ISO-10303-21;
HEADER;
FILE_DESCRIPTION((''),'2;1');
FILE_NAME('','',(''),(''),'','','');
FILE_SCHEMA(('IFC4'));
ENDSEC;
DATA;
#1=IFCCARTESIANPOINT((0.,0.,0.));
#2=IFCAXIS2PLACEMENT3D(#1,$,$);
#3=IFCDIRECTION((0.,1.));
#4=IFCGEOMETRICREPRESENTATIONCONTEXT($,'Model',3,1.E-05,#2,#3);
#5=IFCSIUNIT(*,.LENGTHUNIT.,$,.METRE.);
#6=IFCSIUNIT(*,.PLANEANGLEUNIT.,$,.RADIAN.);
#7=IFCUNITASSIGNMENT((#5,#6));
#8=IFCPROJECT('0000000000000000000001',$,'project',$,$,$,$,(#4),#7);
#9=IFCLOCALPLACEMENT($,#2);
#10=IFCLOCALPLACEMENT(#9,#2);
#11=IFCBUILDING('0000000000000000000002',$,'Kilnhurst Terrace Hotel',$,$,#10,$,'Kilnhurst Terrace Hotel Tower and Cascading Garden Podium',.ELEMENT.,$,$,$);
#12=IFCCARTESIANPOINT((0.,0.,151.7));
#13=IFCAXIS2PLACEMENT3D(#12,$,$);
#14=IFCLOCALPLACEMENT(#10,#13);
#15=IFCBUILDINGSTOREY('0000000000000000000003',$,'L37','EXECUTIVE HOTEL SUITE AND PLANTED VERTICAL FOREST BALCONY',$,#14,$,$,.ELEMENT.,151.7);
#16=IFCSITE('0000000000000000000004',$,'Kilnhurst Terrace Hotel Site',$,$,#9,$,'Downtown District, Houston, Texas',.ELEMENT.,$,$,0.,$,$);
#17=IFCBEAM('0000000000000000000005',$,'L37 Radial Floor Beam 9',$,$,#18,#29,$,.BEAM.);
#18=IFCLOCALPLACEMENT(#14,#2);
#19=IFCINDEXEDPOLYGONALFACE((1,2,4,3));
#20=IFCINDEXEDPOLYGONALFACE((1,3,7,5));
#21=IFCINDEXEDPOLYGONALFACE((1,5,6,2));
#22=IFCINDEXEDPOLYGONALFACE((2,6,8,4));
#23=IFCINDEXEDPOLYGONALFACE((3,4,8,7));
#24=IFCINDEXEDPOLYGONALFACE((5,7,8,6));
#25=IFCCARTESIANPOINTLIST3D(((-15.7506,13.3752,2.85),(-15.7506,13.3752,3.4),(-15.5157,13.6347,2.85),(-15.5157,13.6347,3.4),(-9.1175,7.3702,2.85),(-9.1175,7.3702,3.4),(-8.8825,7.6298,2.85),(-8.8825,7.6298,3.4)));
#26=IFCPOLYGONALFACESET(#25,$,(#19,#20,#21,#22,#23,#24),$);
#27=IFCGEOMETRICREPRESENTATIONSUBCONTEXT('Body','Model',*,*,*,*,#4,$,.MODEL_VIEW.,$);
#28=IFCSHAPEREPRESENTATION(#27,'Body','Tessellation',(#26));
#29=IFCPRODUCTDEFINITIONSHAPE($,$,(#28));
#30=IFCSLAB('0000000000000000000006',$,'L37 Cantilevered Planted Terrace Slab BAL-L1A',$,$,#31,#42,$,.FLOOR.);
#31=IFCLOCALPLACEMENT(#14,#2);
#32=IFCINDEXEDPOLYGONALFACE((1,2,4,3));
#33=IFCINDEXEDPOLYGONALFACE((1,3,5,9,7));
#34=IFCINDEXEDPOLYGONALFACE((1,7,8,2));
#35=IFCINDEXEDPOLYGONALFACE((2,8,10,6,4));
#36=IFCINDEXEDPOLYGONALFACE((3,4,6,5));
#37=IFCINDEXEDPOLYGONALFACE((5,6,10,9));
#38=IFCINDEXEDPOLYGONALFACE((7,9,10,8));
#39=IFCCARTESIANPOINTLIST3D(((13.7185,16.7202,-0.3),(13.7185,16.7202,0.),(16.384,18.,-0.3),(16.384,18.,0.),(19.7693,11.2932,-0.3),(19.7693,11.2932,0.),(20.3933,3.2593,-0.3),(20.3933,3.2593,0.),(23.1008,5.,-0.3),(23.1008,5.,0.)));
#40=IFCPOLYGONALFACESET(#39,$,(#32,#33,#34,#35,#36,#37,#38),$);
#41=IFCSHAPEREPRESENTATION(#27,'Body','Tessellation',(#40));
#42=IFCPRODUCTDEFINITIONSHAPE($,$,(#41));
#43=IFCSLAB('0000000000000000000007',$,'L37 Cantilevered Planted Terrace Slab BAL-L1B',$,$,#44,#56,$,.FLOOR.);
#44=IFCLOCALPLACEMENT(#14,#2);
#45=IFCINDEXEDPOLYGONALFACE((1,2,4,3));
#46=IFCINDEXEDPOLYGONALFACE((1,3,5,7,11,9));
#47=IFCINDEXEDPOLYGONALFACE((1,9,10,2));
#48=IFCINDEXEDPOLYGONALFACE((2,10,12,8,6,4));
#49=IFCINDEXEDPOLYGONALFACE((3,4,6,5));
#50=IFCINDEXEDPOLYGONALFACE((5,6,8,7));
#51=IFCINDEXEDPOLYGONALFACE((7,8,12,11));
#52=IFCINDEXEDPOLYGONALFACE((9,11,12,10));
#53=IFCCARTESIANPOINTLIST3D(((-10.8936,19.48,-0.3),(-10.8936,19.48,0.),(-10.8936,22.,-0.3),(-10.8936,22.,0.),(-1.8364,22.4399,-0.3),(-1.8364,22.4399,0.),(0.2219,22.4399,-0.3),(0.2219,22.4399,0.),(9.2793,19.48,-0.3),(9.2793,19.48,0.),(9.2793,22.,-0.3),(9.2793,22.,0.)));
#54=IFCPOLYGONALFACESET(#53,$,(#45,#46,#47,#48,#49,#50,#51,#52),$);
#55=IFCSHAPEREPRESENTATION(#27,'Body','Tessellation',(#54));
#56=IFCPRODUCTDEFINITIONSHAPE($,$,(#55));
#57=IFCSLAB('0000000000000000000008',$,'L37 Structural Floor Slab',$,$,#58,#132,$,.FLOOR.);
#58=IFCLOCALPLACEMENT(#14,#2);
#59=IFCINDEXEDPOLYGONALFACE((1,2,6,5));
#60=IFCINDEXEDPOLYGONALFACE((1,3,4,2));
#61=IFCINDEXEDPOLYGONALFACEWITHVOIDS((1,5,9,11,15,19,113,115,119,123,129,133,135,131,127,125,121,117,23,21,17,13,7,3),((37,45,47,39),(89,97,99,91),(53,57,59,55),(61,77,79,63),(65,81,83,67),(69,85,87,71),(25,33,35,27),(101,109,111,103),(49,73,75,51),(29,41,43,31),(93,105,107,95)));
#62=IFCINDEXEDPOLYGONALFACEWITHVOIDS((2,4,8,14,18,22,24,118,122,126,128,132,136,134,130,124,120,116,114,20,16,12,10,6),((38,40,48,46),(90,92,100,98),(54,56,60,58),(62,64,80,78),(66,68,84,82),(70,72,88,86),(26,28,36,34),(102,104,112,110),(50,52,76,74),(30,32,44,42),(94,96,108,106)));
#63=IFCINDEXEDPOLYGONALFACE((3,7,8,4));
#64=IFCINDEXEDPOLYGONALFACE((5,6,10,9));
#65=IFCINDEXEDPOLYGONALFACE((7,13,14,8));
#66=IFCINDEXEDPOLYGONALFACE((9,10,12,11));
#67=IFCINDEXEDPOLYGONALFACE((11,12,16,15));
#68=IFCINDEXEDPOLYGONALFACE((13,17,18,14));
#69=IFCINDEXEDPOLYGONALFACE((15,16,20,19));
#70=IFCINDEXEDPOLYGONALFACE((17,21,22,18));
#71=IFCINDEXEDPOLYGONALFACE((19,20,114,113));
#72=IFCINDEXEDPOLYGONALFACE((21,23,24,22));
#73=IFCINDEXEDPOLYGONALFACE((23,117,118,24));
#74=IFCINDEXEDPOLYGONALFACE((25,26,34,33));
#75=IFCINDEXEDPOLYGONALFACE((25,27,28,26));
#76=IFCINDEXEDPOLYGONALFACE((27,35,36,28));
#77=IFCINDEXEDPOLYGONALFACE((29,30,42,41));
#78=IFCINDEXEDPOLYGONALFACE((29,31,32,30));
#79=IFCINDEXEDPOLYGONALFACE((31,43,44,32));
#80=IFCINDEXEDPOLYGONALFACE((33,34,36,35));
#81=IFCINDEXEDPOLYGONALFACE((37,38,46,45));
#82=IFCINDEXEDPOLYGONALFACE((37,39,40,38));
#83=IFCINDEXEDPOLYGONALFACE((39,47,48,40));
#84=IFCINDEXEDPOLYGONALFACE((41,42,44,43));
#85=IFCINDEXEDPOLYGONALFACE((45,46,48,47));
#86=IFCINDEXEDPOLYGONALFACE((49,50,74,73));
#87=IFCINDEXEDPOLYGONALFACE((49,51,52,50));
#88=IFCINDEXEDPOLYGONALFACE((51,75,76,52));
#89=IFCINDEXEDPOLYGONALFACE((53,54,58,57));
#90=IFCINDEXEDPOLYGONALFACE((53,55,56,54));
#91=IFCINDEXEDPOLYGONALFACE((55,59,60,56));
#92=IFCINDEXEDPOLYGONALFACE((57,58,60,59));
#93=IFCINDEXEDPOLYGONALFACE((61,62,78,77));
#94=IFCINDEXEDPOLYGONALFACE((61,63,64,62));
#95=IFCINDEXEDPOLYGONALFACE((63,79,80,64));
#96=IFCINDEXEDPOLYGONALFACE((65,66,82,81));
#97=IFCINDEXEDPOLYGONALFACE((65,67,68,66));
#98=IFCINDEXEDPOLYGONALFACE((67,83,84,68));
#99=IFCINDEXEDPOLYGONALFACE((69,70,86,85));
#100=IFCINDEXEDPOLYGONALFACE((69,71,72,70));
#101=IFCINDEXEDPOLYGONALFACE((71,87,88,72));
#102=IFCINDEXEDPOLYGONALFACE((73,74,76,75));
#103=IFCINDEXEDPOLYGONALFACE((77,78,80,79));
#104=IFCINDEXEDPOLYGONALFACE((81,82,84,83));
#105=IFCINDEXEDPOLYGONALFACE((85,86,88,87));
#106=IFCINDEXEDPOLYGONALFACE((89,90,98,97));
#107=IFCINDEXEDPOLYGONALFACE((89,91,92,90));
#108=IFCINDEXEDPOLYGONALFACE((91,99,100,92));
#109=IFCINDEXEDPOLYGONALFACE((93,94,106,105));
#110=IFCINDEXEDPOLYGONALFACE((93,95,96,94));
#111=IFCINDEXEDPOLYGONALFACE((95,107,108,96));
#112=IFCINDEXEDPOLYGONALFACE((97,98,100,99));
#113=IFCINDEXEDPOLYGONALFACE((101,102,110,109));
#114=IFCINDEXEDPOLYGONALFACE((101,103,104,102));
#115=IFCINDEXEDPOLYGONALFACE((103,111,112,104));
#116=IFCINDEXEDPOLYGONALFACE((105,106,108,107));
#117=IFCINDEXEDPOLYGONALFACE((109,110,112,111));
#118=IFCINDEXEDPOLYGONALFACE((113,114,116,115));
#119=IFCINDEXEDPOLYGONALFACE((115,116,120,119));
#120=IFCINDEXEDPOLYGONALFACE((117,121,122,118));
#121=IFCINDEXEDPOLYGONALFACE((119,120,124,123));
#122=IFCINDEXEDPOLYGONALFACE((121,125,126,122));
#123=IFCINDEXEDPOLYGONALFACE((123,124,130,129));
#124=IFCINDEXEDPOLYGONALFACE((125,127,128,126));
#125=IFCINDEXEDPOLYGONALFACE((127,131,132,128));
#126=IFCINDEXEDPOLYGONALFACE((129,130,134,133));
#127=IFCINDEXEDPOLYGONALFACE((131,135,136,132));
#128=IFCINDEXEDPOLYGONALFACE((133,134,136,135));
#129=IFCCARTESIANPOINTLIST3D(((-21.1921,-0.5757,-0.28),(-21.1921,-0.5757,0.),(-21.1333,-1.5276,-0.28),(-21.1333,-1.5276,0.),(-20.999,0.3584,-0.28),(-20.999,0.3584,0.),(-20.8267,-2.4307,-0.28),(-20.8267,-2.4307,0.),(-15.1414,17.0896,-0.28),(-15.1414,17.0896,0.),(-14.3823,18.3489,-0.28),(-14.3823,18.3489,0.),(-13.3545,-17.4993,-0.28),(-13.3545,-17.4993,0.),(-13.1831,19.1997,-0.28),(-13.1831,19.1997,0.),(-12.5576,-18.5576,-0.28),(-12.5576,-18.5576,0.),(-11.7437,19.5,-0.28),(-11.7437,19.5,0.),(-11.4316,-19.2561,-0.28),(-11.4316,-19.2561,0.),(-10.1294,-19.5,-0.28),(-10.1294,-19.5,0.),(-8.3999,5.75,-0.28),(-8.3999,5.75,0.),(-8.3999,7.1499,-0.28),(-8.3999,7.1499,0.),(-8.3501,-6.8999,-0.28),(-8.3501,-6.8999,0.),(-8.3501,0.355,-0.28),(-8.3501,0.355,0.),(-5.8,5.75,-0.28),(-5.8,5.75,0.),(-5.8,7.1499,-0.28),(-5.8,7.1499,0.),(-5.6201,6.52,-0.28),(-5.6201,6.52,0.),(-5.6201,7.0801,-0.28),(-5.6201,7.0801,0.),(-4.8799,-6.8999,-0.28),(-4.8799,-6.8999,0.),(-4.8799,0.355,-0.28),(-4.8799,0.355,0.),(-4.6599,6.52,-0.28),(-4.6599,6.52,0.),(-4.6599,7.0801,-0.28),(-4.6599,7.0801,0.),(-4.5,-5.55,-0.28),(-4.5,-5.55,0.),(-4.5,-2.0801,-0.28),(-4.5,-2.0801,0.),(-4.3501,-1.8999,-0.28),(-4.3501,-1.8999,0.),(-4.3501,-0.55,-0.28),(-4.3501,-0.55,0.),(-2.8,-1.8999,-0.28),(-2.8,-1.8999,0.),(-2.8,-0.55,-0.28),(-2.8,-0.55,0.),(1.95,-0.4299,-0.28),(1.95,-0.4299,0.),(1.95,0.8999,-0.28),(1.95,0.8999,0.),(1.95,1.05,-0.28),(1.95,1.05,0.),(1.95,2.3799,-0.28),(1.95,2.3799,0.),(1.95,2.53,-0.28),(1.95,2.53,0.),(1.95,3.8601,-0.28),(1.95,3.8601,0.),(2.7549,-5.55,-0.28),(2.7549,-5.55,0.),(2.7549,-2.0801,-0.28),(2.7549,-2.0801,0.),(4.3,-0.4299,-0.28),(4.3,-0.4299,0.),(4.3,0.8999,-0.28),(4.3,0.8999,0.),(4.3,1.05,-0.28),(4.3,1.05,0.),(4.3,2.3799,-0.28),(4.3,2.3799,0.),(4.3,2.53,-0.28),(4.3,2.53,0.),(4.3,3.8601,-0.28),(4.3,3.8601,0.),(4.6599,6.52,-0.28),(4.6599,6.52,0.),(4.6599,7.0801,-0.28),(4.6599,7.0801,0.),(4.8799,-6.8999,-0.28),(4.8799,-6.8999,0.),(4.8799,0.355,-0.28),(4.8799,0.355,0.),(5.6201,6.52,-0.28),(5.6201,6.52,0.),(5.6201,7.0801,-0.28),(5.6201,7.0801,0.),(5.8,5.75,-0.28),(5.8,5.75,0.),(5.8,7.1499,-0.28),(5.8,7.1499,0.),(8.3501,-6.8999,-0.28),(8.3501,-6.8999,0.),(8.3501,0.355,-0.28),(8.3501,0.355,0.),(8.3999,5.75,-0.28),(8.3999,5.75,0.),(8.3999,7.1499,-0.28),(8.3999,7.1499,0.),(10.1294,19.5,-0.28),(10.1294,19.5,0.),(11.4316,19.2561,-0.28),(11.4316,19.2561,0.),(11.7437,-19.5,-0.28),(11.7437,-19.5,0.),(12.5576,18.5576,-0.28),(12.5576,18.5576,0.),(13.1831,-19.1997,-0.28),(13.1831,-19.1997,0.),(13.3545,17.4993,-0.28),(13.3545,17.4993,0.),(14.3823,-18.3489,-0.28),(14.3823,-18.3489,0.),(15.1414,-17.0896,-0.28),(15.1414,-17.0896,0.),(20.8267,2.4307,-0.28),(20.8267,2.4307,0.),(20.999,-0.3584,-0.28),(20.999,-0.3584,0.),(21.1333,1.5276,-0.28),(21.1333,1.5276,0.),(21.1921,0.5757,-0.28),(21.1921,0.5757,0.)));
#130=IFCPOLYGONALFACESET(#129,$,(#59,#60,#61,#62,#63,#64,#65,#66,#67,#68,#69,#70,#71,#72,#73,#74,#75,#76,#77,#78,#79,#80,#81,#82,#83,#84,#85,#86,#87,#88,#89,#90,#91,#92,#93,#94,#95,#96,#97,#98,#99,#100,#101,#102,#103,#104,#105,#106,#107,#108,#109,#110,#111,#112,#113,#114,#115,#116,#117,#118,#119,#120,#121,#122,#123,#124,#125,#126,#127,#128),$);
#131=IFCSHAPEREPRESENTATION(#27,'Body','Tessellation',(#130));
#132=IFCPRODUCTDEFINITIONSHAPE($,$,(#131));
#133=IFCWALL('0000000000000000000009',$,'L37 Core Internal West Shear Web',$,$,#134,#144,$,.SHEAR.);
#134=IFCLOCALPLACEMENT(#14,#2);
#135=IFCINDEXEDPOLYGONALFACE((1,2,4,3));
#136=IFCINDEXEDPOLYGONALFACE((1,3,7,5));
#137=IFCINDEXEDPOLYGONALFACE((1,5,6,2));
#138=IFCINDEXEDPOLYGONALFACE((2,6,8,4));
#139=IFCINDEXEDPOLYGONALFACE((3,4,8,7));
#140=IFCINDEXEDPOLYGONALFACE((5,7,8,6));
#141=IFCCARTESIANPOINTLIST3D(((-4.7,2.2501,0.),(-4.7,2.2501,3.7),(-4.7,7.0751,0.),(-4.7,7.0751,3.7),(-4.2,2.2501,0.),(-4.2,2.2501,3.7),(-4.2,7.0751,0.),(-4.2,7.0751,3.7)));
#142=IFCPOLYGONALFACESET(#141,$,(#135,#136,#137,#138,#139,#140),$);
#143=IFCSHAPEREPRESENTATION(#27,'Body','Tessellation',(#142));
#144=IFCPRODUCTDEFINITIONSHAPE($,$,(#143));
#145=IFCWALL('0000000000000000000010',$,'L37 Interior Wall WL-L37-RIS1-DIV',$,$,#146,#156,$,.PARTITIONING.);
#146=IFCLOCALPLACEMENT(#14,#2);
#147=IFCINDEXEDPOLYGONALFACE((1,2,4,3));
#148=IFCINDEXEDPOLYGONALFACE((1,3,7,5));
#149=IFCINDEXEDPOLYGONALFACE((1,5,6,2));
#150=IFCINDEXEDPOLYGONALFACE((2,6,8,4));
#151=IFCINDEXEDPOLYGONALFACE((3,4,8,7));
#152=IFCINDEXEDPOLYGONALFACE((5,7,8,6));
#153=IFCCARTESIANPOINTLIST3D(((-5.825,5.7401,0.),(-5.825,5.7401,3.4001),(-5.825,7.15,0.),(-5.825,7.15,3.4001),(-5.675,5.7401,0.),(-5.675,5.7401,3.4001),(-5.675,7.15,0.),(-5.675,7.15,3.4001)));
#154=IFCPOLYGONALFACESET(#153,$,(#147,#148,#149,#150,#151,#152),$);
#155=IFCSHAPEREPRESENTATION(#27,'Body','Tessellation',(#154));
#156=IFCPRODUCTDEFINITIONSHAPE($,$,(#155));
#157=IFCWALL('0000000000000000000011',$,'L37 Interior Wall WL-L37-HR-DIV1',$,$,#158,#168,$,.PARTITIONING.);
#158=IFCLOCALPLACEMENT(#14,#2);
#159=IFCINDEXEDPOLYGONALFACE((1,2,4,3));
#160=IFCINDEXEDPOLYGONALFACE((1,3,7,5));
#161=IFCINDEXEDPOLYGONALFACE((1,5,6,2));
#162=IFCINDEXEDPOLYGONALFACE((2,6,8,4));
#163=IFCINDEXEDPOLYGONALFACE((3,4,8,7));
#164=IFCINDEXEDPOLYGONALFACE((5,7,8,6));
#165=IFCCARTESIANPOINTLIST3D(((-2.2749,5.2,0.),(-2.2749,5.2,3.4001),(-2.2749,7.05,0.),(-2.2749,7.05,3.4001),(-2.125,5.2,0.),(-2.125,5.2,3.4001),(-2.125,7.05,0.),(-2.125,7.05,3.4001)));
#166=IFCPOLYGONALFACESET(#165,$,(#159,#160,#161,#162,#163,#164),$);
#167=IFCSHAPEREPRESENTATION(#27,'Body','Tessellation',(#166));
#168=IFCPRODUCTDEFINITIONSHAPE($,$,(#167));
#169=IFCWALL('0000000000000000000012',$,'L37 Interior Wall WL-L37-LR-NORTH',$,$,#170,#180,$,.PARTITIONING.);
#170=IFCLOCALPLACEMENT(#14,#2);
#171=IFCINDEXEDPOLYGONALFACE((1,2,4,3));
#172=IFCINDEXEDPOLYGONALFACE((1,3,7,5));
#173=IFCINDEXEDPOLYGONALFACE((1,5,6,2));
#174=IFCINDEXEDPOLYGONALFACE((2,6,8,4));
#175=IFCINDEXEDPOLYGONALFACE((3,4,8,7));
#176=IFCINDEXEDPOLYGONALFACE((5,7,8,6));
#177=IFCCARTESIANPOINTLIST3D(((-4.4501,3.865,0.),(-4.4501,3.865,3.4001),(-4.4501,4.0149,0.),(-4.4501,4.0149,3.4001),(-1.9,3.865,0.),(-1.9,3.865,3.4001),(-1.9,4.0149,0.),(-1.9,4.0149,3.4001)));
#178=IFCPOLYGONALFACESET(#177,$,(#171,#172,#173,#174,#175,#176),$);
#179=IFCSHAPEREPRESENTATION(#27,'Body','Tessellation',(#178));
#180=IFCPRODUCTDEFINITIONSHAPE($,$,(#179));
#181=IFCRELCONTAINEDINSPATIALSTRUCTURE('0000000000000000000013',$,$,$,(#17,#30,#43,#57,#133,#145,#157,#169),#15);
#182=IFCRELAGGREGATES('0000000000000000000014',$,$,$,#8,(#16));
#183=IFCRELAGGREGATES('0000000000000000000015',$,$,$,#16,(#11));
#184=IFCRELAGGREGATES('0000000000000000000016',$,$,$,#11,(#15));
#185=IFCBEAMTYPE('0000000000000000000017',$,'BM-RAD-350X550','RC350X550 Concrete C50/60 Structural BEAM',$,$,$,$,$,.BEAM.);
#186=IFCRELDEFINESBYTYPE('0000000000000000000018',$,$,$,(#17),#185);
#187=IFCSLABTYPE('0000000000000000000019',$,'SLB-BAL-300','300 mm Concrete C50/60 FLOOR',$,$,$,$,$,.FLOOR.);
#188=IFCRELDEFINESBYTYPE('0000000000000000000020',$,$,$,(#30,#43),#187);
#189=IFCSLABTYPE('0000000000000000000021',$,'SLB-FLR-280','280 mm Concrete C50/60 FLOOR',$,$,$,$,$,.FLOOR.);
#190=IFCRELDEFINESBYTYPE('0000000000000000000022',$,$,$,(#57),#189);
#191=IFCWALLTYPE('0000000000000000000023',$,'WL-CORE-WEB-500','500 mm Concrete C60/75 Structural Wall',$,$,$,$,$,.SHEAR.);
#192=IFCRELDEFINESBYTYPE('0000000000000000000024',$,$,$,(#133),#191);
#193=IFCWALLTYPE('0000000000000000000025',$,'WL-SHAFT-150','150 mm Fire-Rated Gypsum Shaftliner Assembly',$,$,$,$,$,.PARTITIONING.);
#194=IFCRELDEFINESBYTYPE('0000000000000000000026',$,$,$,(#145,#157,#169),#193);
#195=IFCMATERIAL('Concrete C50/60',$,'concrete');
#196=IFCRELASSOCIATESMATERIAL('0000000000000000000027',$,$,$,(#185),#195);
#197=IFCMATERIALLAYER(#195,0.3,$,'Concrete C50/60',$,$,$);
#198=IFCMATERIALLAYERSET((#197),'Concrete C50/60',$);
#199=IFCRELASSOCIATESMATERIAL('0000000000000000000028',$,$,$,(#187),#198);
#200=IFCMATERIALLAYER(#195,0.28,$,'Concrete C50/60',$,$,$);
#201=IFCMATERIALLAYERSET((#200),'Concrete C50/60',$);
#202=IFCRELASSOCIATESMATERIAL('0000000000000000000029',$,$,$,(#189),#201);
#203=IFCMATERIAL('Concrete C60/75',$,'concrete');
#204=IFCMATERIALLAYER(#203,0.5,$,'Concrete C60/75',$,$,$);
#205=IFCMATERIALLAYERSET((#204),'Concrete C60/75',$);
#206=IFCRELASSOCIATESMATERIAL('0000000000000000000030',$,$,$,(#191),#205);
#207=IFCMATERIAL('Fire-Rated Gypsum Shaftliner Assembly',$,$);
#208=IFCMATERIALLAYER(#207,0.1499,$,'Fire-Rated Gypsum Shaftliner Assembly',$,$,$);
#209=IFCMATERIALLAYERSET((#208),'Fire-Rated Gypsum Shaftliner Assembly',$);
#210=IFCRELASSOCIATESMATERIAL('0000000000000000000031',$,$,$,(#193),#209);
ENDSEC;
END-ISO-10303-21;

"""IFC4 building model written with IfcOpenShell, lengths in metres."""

from ifc_helpers import new_model, si_unit, direction, frame, frame_2d, origin, origin_2d, place, context, subcontext, project, spatial, polyline, rectangle, outline, extrude, material, layer, layer_set, material_profile, profile_set, type_object, element, save


model = new_model("IFC4")

# Units and contexts
model_context = context("Model", 3, precision=1e-05, world=origin(), true_north=direction((0.0, 1.0)))
body_context = subcontext(model_context, "Body", "Model", "MODEL_VIEW")
ifc_project = project(units=[si_unit("LENGTHUNIT", "METRE"), si_unit("PLANEANGLEUNIT", "RADIAN")], contexts=[model_context])

# Site, building, storey
site_placement = place(None, origin())
site = spatial("IfcSite", under=ifc_project, at=site_placement, Name="Kilnhurst Terrace Hotel Site", LongName="Downtown District, Houston, Texas", CompositionType="ELEMENT", RefElevation=0.0)
building_placement = place(site_placement, origin())
building = spatial("IfcBuilding", under=site, at=building_placement, Name="Kilnhurst Terrace Hotel", LongName="Kilnhurst Terrace Hotel Tower and Cascading Garden Podium", CompositionType="ELEMENT")
storey_placement = place(building_placement, frame((0.0, 0.0, 151.7)))
storey = spatial("IfcBuildingStorey", under=building, at=storey_placement, Name="L37", Description="EXECUTIVE HOTEL SUITE AND PLANTED VERTICAL FOREST BALCONY", CompositionType="ELEMENT", Elevation=151.7)

# Beam
ifc_material_1 = material(Name="Concrete C50/60", Category="concrete")
ifc_material_profile = material_profile(ifc_material_1, rectangle(XDim=0.3501, YDim=0.55, at=origin_2d()), Name="RC350X550")
ifc_profile_set = profile_set([ifc_material_profile], Name="Concrete C50/60")
beam_type = type_object("IfcBeamType", Name="BM-RAD-350X550", Description="RC350X550 Concrete C50/60 Structural BEAM", PredefinedType="BEAM", material=ifc_profile_set)
beam_placement = place(storey_placement, frame((-9.0, 7.5, 3.125), z_axis=(-0.741339, 0.671131, 0.0), x_axis=(-0.671131, -0.741339, 0.0)))
element("IfcBeam", 1, at=beam_placement, inside=storey, type_object=beam_type, Name="L37 Radial Floor Beam 9", PredefinedType="BEAM", context=body_context, shape_type="SweptSolid", body=[
    extrude(rectangle(XDim=0.3501, YDim=0.55, at=origin_2d()), origin(), (0.0, 0.0, 1.0), 8.9475),
])

# Slabs
ifc_layer_1 = layer(ifc_material_1, 0.3, Name="Concrete C50/60")
ifc_layer_set_1 = layer_set([ifc_layer_1], Name="Concrete C50/60")
slab_type_1 = type_object("IfcSlabType", Name="SLB-BAL-300", Description="300 mm Concrete C50/60 FLOOR", PredefinedType="FLOOR", material=ifc_layer_set_1)
slab_1_placement = place(storey_placement, frame((0.0, 0.0, -0.3)))
element("IfcSlab", 2, at=slab_1_placement, inside=storey, type_object=slab_type_1, Name="L37 Cantilevered Planted Terrace Slab BAL-L1A", PredefinedType="FLOOR", context=body_context, shape_type="SweptSolid", body=[
    extrude(outline(polyline([(19.7693, 11.2932), (23.1008, 5.0), (20.3933, 3.2593), (13.7185, 16.7202), (16.384, 18.0), (19.7693, 11.2932)])), origin(), (0.0, 0.0, 1.0), 0.3),
])
slab_2_placement = place(storey_placement, frame((0.0, 0.0, -0.3)))
element("IfcSlab", 3, at=slab_2_placement, inside=storey, type_object=slab_type_1, Name="L37 Cantilevered Planted Terrace Slab BAL-L1B", PredefinedType="FLOOR", context=body_context, shape_type="SweptSolid", body=[
    extrude(outline(polyline([(0.2219, 22.4399), (9.2793, 22.0), (9.2793, 19.48), (-10.8936, 19.48), (-10.8936, 22.0), (-1.8364, 22.4399), (0.2219, 22.4399)])), origin(), (0.0, 0.0, 1.0), 0.3),
])
ifc_layer_2 = layer(ifc_material_1, 0.28, Name="Concrete C50/60")
ifc_layer_set_2 = layer_set([ifc_layer_2], Name="Concrete C50/60")
slab_type_2 = type_object("IfcSlabType", Name="SLB-FLR-280", Description="280 mm Concrete C50/60 FLOOR", PredefinedType="FLOOR", material=ifc_layer_set_2)
slab_3_placement = place(storey_placement, frame((0.0, 0.0, -0.28)))
element("IfcSlab", 4, at=slab_3_placement, inside=storey, type_object=slab_type_2, Name="L37 Structural Floor Slab", PredefinedType="FLOOR", context=body_context, shape_type="SweptSolid", body=[
    extrude(outline(polyline([(-13.3545, -17.4993), (-12.5576, -18.5576), (-11.4316, -19.2561), (-10.1294, -19.5), (11.7437, -19.5), (13.1831, -19.1997), (14.3823, -18.3489), (15.1414, -17.0896), (20.999, -0.3584), (21.1921, 0.5757), (21.1333, 1.5276), (20.8267, 2.4307), (13.3545, 17.4993), (12.5576, 18.5576), (11.4316, 19.2561), (10.1294, 19.5), (-11.7437, 19.5), (-13.1831, 19.1997), (-14.3823, 18.3489), (-15.1414, 17.0896), (-20.999, 0.3584), (-21.1921, -0.5757), (-21.1333, -1.5276), (-20.8267, -2.4307), (-13.3545, -17.4993)]), holes=[polyline([(2.7549, -2.0801), (2.7549, -5.55), (-4.5, -5.55), (-4.5, -2.0801), (2.7549, -2.0801)]), polyline([(-8.3501, 0.355), (-4.8799, 0.355), (-4.8799, -6.8999), (-8.3501, -6.8999), (-8.3501, 0.355)]), polyline([(-2.8, -1.8999), (-4.3501, -1.8999), (-4.3501, -0.55), (-2.8, -0.55), (-2.8, -1.8999)]), polyline([(1.95, -0.4299), (1.95, 0.8999), (4.3, 0.8999), (4.3, -0.4299), (1.95, -0.4299)]), polyline([(-8.3999, 5.75), (-8.3999, 7.1499), (-5.8, 7.1499), (-5.8, 5.75), (-8.3999, 5.75)]), polyline([(-4.6599, 6.52), (-5.6201, 6.52), (-5.6201, 7.0801), (-4.6599, 7.0801), (-4.6599, 6.52)]), polyline([(8.3501, 0.355), (8.3501, -6.8999), (4.8799, -6.8999), (4.8799, 0.355), (8.3501, 0.355)]), polyline([(1.95, 1.05), (1.95, 2.3799), (4.3, 2.3799), (4.3, 1.05), (1.95, 1.05)]), polyline([(4.3, 2.53), (1.95, 2.53), (1.95, 3.8601), (4.3, 3.8601), (4.3, 2.53)]), polyline([(5.8, 5.75), (5.8, 7.1499), (8.3999, 7.1499), (8.3999, 5.75), (5.8, 5.75)]), polyline([(4.6599, 6.52), (4.6599, 7.0801), (5.6201, 7.0801), (5.6201, 6.52), (4.6599, 6.52)])]), origin(), (0.0, 0.0, 1.0), 0.28),
])

# Walls
ifc_material_2 = material(Name="Concrete C60/75", Category="concrete")
ifc_layer_3 = layer(ifc_material_2, 0.5, Name="Concrete C60/75")
ifc_layer_set_3 = layer_set([ifc_layer_3], Name="Concrete C60/75")
wall_type_1 = type_object("IfcWallType", Name="WL-CORE-WEB-500", Description="500 mm Concrete C60/75 Structural Wall", PredefinedType="SHEAR", material=ifc_layer_set_3)
wall_1_placement = place(storey_placement, frame((-4.45, 2.25, 0.0), z_axis=(0.0, 0.0, 1.0), x_axis=(0.0, 1.0, 0.0)))
element("IfcWall", 5, at=wall_1_placement, inside=storey, type_object=wall_type_1, Name="L37 Core Internal West Shear Web", PredefinedType="SHEAR", context=body_context, shape_type="SweptSolid", body=[
    extrude(rectangle(XDim=4.825, YDim=0.5, at=frame_2d((2.4126, 0.0))), origin(), (0.0, 0.0, 1.0), 3.7),
])
ifc_material_3 = material(Name="Fire-Rated Gypsum Shaftliner Assembly")
ifc_layer_4 = layer(ifc_material_3, 0.1499, Name="Fire-Rated Gypsum Shaftliner Assembly")
ifc_layer_set_4 = layer_set([ifc_layer_4], Name="Fire-Rated Gypsum Shaftliner Assembly")
wall_type_2 = type_object("IfcWallType", Name="WL-SHAFT-150", Description="150 mm Fire-Rated Gypsum Shaftliner Assembly", PredefinedType="PARTITIONING", material=ifc_layer_set_4)
wall_2_placement = place(storey_placement, frame((-5.75, 5.74, 0.0), z_axis=(0.0, 0.0, 1.0), x_axis=(0.0, 1.0, 0.0)))
element("IfcWall", 6, at=wall_2_placement, inside=storey, type_object=wall_type_2, Name="L37 Interior Wall WL-L37-RIS1-DIV", PredefinedType="PARTITIONING", context=body_context, shape_type="SweptSolid", body=[
    extrude(rectangle(XDim=1.4099, YDim=0.1499, at=frame_2d((0.7051, 0.0))), origin(), (0.0, 0.0, 1.0), 3.4001),
])
wall_3_placement = place(storey_placement, frame((-2.2, 5.2, 0.0), z_axis=(0.0, 0.0, 1.0), x_axis=(0.0, 1.0, 0.0)))
element("IfcWall", 7, at=wall_3_placement, inside=storey, type_object=wall_type_2, Name="L37 Interior Wall WL-L37-HR-DIV1", PredefinedType="PARTITIONING", context=body_context, shape_type="SweptSolid", body=[
    extrude(rectangle(XDim=1.8501, YDim=0.1499, at=frame_2d((0.925, 0.0))), origin(), (0.0, 0.0, 1.0), 3.4001),
])
wall_4_placement = place(storey_placement, frame((-4.45, 3.9399, 0.0), z_axis=(0.0, 0.0, 1.0), x_axis=(1.0, 0.0, 0.0)))
element("IfcWall", 8, at=wall_4_placement, inside=storey, type_object=wall_type_2, Name="L37 Interior Wall WL-L37-LR-NORTH", PredefinedType="PARTITIONING", context=body_context, shape_type="SweptSolid", body=[
    extrude(rectangle(XDim=2.55, YDim=0.1499, at=frame_2d((1.2749, 0.0))), origin(), (0.0, 0.0, 1.0), 3.4001),
])

save(model, "model.ifc")
